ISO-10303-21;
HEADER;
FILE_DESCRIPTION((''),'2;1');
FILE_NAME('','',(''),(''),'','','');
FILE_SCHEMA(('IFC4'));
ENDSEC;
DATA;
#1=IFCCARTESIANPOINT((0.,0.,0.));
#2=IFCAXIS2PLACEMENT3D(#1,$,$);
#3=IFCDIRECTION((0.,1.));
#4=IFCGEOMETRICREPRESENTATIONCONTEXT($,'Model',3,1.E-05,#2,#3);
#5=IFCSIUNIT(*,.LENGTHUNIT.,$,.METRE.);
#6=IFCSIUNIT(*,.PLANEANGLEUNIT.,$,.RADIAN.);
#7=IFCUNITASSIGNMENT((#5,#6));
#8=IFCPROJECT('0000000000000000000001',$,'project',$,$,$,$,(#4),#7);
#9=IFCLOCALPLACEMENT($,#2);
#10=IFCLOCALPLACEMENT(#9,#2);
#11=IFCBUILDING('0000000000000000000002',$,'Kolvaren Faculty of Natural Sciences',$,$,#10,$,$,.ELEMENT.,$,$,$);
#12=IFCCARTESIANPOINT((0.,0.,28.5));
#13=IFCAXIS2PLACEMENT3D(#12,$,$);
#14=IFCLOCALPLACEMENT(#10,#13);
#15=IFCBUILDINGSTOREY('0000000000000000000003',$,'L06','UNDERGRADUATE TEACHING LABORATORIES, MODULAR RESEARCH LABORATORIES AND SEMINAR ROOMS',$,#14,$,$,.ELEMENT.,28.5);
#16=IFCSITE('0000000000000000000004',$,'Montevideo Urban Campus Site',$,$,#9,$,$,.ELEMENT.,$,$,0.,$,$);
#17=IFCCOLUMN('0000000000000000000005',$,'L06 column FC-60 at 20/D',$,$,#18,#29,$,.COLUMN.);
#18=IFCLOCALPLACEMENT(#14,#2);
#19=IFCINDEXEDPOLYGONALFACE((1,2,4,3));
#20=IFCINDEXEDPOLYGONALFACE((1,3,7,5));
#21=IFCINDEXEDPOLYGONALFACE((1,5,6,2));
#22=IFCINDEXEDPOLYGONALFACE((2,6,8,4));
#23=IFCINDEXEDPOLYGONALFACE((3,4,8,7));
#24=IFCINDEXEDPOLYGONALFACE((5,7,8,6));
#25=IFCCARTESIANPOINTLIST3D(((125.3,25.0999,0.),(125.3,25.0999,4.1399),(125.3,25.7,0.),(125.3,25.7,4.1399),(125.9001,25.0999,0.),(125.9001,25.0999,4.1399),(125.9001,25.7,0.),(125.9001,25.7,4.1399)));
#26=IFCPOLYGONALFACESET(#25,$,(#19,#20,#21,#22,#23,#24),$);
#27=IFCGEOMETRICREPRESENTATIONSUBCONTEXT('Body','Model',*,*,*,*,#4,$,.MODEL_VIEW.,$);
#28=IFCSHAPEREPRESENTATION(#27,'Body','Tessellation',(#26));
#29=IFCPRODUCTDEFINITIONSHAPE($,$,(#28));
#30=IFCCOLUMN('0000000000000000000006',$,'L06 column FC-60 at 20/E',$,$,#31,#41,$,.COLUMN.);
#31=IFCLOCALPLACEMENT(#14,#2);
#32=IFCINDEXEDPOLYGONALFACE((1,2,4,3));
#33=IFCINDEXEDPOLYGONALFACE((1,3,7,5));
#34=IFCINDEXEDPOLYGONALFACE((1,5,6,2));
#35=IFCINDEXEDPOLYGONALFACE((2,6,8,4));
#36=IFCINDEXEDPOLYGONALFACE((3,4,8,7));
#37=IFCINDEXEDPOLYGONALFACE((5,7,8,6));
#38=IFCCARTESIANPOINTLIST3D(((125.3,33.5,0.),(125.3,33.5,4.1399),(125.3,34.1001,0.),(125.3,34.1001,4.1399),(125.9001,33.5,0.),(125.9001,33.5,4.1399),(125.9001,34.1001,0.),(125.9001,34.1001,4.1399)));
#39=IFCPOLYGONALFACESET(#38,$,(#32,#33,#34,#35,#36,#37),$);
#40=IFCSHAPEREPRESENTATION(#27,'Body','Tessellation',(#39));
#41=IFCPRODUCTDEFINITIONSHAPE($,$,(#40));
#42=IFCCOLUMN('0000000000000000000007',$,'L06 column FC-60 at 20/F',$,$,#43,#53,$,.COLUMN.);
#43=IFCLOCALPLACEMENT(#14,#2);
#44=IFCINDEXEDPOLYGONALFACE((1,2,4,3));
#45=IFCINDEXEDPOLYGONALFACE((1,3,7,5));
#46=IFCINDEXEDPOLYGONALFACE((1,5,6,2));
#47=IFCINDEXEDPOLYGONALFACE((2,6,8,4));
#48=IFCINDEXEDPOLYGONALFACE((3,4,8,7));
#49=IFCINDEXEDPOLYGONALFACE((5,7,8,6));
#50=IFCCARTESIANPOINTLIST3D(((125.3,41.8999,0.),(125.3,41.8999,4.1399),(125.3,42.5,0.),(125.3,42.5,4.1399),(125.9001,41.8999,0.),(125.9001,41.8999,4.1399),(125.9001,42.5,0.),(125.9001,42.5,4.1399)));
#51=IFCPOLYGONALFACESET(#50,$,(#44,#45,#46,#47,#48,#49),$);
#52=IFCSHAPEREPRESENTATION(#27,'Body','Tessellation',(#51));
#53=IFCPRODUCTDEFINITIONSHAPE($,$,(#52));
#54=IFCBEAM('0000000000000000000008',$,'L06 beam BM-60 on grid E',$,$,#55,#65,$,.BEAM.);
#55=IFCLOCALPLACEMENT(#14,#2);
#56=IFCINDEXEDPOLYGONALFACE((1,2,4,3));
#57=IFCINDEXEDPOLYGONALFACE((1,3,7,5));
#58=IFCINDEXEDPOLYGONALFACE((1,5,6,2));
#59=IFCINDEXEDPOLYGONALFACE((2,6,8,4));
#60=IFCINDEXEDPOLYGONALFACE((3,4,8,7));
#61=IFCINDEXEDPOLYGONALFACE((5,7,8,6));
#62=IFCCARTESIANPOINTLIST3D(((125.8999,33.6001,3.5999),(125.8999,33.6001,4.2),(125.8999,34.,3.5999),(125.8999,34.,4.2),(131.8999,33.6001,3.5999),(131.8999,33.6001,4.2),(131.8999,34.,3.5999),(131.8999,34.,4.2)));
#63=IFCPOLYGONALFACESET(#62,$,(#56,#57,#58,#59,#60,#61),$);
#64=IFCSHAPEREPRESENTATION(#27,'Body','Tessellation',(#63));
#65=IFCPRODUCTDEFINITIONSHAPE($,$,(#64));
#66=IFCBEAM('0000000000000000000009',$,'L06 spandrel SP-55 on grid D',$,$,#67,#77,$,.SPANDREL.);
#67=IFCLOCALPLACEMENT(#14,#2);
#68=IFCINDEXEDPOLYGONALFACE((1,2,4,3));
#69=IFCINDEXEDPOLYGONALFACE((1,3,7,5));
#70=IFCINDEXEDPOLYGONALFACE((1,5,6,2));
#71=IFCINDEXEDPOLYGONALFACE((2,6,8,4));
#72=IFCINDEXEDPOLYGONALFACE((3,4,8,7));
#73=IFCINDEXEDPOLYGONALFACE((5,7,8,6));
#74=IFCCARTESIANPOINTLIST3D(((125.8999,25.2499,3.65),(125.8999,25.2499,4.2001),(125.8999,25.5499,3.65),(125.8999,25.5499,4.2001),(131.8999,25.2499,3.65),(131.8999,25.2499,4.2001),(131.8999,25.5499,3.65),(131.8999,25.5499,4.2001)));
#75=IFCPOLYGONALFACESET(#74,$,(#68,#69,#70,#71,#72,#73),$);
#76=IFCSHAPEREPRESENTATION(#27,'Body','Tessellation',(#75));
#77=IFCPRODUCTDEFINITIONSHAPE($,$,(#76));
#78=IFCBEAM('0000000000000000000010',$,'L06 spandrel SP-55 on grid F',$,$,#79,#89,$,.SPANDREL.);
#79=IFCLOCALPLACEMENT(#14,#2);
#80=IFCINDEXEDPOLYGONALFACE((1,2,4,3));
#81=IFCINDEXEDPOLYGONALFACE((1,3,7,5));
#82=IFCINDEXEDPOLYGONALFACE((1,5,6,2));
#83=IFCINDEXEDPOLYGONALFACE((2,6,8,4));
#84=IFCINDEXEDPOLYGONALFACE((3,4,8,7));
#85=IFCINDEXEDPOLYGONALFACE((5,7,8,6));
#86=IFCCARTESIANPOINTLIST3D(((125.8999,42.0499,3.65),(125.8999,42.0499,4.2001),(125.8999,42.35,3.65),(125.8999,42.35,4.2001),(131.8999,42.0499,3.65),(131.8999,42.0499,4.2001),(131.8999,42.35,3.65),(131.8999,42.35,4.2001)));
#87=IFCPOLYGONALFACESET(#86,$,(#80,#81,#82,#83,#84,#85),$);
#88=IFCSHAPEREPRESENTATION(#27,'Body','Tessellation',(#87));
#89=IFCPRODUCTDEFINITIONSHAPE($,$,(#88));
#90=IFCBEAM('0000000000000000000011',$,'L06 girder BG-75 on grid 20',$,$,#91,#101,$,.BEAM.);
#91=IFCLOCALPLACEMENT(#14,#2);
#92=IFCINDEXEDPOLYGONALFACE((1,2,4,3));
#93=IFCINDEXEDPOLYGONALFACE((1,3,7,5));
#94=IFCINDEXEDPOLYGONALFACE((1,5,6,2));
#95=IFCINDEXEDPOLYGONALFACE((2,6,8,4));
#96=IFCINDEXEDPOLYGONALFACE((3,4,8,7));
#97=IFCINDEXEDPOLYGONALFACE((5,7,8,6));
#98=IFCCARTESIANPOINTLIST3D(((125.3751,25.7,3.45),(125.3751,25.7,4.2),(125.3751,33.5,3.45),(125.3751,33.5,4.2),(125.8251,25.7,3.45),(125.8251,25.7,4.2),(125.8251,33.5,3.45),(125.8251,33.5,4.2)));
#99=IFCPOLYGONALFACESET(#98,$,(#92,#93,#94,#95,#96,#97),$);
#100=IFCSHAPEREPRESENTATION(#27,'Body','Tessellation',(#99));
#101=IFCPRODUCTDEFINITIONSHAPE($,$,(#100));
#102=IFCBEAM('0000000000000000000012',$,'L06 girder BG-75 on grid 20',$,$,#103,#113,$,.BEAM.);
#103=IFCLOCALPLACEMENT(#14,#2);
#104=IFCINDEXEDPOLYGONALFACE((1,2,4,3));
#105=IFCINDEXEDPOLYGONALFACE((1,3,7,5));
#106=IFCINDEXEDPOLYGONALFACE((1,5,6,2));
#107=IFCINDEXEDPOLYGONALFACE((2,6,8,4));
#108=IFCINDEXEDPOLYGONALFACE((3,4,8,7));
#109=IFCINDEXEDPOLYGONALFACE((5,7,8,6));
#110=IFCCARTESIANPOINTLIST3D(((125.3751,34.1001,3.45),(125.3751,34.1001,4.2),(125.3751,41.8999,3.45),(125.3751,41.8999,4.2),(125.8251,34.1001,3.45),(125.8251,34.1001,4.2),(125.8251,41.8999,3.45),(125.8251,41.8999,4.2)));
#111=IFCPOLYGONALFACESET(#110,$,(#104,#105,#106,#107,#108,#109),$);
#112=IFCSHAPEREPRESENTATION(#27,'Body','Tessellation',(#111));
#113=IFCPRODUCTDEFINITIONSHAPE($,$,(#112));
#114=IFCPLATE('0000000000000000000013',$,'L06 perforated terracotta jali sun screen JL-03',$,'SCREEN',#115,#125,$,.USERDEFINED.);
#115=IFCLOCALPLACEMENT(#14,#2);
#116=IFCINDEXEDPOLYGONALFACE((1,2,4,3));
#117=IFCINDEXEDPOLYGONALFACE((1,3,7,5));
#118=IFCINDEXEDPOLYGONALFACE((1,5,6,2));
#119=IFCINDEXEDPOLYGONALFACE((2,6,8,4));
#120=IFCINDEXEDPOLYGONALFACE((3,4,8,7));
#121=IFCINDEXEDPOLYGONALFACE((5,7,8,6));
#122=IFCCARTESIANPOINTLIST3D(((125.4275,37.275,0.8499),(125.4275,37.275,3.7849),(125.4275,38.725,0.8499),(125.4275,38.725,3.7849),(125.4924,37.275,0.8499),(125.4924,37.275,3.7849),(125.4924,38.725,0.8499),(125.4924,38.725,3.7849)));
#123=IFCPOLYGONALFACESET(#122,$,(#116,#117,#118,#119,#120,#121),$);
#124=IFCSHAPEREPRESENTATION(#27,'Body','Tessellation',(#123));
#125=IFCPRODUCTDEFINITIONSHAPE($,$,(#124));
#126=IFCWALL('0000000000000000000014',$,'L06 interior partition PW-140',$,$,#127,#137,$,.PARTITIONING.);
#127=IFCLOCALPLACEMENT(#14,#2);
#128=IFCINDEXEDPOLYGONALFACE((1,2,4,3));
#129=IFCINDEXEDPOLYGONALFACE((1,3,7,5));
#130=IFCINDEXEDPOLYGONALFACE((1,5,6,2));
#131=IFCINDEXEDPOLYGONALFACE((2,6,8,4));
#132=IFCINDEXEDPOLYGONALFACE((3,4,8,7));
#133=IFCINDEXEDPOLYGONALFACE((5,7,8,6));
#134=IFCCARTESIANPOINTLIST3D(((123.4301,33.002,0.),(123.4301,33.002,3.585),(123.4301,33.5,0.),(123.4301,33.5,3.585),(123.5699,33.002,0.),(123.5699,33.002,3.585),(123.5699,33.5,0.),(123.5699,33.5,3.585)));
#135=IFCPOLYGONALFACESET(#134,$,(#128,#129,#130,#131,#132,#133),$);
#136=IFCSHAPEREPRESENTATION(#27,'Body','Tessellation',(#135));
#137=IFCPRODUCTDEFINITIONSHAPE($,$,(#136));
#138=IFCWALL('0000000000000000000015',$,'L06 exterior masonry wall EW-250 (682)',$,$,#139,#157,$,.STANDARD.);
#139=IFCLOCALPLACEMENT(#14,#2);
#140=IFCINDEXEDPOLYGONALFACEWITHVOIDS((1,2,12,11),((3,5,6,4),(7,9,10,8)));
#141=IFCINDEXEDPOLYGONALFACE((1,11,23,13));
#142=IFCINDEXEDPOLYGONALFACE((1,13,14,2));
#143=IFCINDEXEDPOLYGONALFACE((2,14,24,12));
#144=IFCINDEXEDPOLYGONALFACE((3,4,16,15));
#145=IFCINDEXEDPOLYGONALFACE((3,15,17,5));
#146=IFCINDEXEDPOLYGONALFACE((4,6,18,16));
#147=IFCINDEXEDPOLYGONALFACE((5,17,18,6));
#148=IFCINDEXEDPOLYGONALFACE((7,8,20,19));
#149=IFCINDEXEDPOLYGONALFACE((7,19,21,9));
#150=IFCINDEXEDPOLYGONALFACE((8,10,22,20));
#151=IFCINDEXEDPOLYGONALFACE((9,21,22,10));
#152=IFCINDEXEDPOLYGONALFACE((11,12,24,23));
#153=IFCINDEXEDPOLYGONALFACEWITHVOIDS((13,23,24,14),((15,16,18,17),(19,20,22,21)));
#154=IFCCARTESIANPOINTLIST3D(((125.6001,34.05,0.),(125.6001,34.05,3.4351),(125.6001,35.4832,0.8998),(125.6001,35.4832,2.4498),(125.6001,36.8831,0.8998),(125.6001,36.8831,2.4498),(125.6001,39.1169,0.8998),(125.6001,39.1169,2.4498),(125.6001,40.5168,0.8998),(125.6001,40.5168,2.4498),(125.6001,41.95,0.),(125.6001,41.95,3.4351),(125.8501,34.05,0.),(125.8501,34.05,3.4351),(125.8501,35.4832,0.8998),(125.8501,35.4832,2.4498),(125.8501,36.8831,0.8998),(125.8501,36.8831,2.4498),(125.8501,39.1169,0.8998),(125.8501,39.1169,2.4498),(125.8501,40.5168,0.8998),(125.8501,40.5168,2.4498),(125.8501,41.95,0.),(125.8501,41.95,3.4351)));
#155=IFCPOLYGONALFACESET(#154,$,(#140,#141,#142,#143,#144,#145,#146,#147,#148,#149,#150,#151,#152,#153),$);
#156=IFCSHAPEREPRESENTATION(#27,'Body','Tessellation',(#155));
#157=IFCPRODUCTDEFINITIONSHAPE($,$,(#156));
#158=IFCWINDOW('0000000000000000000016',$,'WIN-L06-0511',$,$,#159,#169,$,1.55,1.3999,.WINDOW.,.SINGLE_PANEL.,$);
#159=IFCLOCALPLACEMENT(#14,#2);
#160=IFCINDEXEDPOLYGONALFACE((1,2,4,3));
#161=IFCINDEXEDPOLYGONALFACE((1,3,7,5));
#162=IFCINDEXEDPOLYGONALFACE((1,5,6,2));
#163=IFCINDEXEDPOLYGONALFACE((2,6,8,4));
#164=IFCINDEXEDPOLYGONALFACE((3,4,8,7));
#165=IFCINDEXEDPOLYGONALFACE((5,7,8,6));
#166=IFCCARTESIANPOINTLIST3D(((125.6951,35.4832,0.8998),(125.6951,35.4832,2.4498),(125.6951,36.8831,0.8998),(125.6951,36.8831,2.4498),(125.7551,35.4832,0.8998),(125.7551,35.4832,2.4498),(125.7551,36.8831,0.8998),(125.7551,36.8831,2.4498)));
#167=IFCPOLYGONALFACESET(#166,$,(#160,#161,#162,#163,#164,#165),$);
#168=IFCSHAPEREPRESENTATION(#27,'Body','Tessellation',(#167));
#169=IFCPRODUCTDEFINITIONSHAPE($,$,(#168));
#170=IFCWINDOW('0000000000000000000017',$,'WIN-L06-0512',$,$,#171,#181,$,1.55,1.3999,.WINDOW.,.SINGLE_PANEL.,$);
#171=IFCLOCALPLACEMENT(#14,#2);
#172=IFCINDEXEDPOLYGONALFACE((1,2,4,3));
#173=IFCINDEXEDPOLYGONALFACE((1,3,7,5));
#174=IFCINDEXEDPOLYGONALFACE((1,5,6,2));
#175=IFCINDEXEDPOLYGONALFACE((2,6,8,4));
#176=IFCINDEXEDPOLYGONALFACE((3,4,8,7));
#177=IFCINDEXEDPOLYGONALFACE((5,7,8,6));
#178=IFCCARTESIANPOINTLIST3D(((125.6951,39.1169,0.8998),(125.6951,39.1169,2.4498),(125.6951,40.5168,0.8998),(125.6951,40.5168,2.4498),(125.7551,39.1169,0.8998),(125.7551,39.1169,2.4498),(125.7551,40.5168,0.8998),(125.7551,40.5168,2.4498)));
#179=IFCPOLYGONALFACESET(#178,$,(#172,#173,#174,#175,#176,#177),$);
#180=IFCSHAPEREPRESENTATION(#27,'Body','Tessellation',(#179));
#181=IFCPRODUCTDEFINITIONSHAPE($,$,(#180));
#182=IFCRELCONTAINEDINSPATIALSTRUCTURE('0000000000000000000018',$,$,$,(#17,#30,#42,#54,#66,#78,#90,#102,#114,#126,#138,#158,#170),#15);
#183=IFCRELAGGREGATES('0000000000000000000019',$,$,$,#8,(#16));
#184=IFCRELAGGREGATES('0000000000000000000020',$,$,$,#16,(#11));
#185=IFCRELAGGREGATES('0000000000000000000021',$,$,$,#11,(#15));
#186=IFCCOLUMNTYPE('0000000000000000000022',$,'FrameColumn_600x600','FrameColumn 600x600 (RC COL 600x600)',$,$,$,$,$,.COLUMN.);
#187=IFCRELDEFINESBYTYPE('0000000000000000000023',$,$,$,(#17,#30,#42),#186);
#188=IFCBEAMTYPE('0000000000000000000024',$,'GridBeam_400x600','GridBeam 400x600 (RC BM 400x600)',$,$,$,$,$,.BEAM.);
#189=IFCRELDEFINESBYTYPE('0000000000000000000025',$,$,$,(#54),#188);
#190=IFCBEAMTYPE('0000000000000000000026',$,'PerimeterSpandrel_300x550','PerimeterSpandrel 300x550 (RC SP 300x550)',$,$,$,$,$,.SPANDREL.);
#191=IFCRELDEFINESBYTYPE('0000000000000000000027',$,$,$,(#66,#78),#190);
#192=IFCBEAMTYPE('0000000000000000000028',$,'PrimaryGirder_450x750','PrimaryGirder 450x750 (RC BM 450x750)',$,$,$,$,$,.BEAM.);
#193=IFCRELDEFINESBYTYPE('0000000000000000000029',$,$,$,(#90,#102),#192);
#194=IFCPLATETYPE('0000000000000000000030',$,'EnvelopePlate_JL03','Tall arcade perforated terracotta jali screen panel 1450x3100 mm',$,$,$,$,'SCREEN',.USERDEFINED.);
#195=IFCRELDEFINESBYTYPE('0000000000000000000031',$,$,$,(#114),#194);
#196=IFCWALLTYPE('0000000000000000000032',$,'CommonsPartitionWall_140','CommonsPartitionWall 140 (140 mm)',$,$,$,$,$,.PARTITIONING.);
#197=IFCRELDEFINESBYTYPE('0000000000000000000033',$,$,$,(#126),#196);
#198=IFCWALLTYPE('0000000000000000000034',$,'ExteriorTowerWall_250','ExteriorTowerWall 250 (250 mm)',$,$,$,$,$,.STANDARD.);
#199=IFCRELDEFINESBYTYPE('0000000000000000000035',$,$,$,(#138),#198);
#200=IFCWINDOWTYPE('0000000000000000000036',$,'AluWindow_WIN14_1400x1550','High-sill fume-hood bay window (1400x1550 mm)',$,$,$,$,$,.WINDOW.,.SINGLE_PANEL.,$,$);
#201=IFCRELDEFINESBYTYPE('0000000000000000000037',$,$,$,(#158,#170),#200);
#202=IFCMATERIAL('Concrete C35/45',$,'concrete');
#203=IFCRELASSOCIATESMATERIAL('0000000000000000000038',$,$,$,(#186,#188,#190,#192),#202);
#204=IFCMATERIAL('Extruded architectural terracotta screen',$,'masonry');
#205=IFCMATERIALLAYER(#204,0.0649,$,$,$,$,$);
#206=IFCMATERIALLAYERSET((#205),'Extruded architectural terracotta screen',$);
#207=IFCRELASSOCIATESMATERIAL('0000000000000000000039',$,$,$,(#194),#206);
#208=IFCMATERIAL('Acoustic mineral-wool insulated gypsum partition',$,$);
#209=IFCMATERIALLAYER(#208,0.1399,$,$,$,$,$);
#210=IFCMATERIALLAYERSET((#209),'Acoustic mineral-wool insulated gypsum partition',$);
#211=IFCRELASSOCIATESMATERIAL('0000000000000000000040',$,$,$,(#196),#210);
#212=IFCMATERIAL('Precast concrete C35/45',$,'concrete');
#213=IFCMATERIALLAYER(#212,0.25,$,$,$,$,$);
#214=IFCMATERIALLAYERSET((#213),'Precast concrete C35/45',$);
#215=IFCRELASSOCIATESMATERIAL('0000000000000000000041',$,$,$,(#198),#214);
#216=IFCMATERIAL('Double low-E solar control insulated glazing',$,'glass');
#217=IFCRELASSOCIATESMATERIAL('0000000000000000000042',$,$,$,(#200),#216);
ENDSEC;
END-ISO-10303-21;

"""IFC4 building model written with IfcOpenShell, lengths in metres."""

from ifc_helpers import new_model, si_unit, direction, frame, frame_2d, origin, origin_2d, place, context, subcontext, project, spatial, rectangle, extrude, material, layer, layer_set, material_profile, profile_set, type_object, element, fill, save


model = new_model("IFC4")

# Units and contexts
model_context = context("Model", 3, precision=1e-05, world=origin(), true_north=direction((0.0, 1.0)))
body_context = subcontext(model_context, "Body", "Model", "MODEL_VIEW")
ifc_project = project(units=[si_unit("LENGTHUNIT", "METRE"), si_unit("PLANEANGLEUNIT", "RADIAN")], contexts=[model_context])

# Site, building, storey
site_placement = place(None, origin())
site = spatial("IfcSite", under=ifc_project, at=site_placement, Name="Montevideo Urban Campus Site", CompositionType="ELEMENT", RefElevation=0.0)
building_placement = place(site_placement, origin())
building = spatial("IfcBuilding", under=site, at=building_placement, Name="Kolvaren Faculty of Natural Sciences", CompositionType="ELEMENT")
storey_placement = place(building_placement, frame((0.0, 0.0, 28.5)))
storey = spatial("IfcBuildingStorey", under=building, at=storey_placement, Name="L06", Description="UNDERGRADUATE TEACHING LABORATORIES, MODULAR RESEARCH LABORATORIES AND SEMINAR ROOMS", CompositionType="ELEMENT", Elevation=28.5)

# Columns
ifc_material_1 = material(Name="Concrete C35/45", Category="concrete")
ifc_material_profile_1 = material_profile(ifc_material_1, rectangle(XDim=0.6001, YDim=0.6001, at=origin_2d()), Name="RC COL 600x600")
ifc_profile_set_1 = profile_set([ifc_material_profile_1], Name="Concrete C35/45")
column_type = type_object("IfcColumnType", Name="FrameColumn_600x600", Description="FrameColumn 600x600 (RC COL 600x600)", PredefinedType="COLUMN", material=ifc_profile_set_1)
for number, where, z_axis, x_axis, name in (
    (1, (125.6001, 25.3999, 0.0), (0.0, 0.0, 1.0), (1.0, 0.0, 0.0), "L06 column FC-60 at 20/D"),
    (2, (125.6001, 33.8, 0.0), (0.0, 0.0, 1.0), (1.0, 0.0, 0.0), "L06 column FC-60 at 20/E"),
    (3, (125.6001, 42.2, 0.0), (0.0, 0.0, 1.0), (1.0, 0.0, 0.0), "L06 column FC-60 at 20/F"),
):
    element("IfcColumn", number, at=place(storey_placement, frame(where, z_axis=z_axis, x_axis=x_axis)), inside=storey, type_object=column_type, Name=name, PredefinedType="COLUMN", context=body_context, shape_type="SweptSolid", body=[
        extrude(rectangle(XDim=0.6001, YDim=0.6001, at=origin_2d()), origin(), (0.0, 0.0, 1.0), 4.1399),
    ])

# Beams
ifc_material_profile_2 = material_profile(ifc_material_1, rectangle(XDim=0.3999, YDim=0.6001, at=origin_2d()), Name="RC BM 400x600")
ifc_profile_set_2 = profile_set([ifc_material_profile_2], Name="Concrete C35/45")
beam_type_1 = type_object("IfcBeamType", Name="GridBeam_400x600", Description="GridBeam 400x600 (RC BM 400x600)", PredefinedType="BEAM", material=ifc_profile_set_2)
beam_1_placement = place(storey_placement, frame((125.8999, 33.8, 3.8999), z_axis=(1.0, 0.0, 0.0), x_axis=(0.0, 1.0, 0.0)))
element("IfcBeam", 4, at=beam_1_placement, inside=storey, type_object=beam_type_1, Name="L06 beam BM-60 on grid E", PredefinedType="BEAM", context=body_context, shape_type="SweptSolid", body=[
    extrude(rectangle(XDim=0.3999, YDim=0.6001, at=origin_2d()), origin(), (0.0, 0.0, 1.0), 6.0),
])
ifc_material_profile_3 = material_profile(ifc_material_1, rectangle(XDim=0.3, YDim=0.55, at=origin_2d()), Name="RC SP 300x550")
ifc_profile_set_3 = profile_set([ifc_material_profile_3], Name="Concrete C35/45")
beam_type_2 = type_object("IfcBeamType", Name="PerimeterSpandrel_300x550", Description="PerimeterSpandrel 300x550 (RC SP 300x550)", PredefinedType="SPANDREL", material=ifc_profile_set_3)
for number, where, z_axis, x_axis, name in (
    (5, (125.8999, 25.3999, 3.925), (1.0, 0.0, 0.0), (0.0, 1.0, 0.0), "L06 spandrel SP-55 on grid D"),
    (6, (125.8999, 42.2, 3.925), (1.0, 0.0, 0.0), (0.0, 1.0, 0.0), "L06 spandrel SP-55 on grid F"),
):
    element("IfcBeam", number, at=place(storey_placement, frame(where, z_axis=z_axis, x_axis=x_axis)), inside=storey, type_object=beam_type_2, Name=name, PredefinedType="SPANDREL", context=body_context, shape_type="SweptSolid", body=[
        extrude(rectangle(XDim=0.3, YDim=0.55, at=origin_2d()), origin(), (0.0, 0.0, 1.0), 6.0),
    ])
ifc_material_profile_4 = material_profile(ifc_material_1, rectangle(XDim=0.45, YDim=0.75, at=origin_2d()), Name="RC BM 450x750")
ifc_profile_set_4 = profile_set([ifc_material_profile_4], Name="Concrete C35/45")
beam_type_3 = type_object("IfcBeamType", Name="PrimaryGirder_450x750", Description="PrimaryGirder 450x750 (RC BM 450x750)", PredefinedType="BEAM", material=ifc_profile_set_4)
beam_2_placement = place(storey_placement, frame((125.6001, 25.7, 3.825), z_axis=(0.0, 1.0, 0.0), x_axis=(-1.0, 0.0, 0.0)))
element("IfcBeam", 7, at=beam_2_placement, inside=storey, type_object=beam_type_3, Name="L06 girder BG-75 on grid 20", PredefinedType="BEAM", context=body_context, shape_type="SweptSolid", body=[
    extrude(rectangle(XDim=0.45, YDim=0.75, at=origin_2d()), origin(), (0.0, 0.0, 1.0), 7.8),
])
beam_3_placement = place(storey_placement, frame((125.6001, 34.1001, 3.825), z_axis=(0.0, 1.0, 0.0), x_axis=(-1.0, 0.0, 0.0)))
element("IfcBeam", 8, at=beam_3_placement, inside=storey, type_object=beam_type_3, Name="L06 girder BG-75 on grid 20", PredefinedType="BEAM", context=body_context, shape_type="SweptSolid", body=[
    extrude(rectangle(XDim=0.45, YDim=0.75, at=origin_2d()), origin(), (0.0, 0.0, 1.0), 7.7998),
])

# Plate
ifc_material_2 = material(Name="Extruded architectural terracotta screen", Category="masonry")
ifc_layer_1 = layer(ifc_material_2, 0.0649)
ifc_layer_set_1 = layer_set([ifc_layer_1], Name="Extruded architectural terracotta screen")
plate_type = type_object("IfcPlateType", Name="EnvelopePlate_JL03", Description="Tall arcade perforated terracotta jali screen panel 1450x3100 mm", ElementType="SCREEN", PredefinedType="USERDEFINED", material=ifc_layer_set_1)
plate_placement = place(storey_placement, frame((125.46, 38.0, 0.8499), z_axis=(0.0, 0.0, 1.0), x_axis=(0.0, 1.0, 0.0)))
element("IfcPlate", 9, at=plate_placement, inside=storey, type_object=plate_type, Name="L06 perforated terracotta jali sun screen JL-03", ObjectType="SCREEN", PredefinedType="USERDEFINED", context=body_context, shape_type="SweptSolid", body=[
    extrude(rectangle(XDim=1.45, YDim=0.0649, at=origin_2d()), origin(), (0.0, 0.0, 1.0), 2.9351),
])

# Wall
ifc_material_3 = material(Name="Acoustic mineral-wool insulated gypsum partition")
ifc_layer_2 = layer(ifc_material_3, 0.1399)
ifc_layer_set_2 = layer_set([ifc_layer_2], Name="Acoustic mineral-wool insulated gypsum partition")
wall_type_1 = type_object("IfcWallType", Name="CommonsPartitionWall_140", Description="CommonsPartitionWall 140 (140 mm)", PredefinedType="PARTITIONING", material=ifc_layer_set_2)
wall_1_placement = place(storey_placement, frame((123.5, 33.5, 0.0), z_axis=(0.0, 0.0, 1.0), x_axis=(0.0, -1.0, 0.0)))
element("IfcWall", 10, at=wall_1_placement, inside=storey, type_object=wall_type_1, Name="L06 interior partition PW-140", PredefinedType="PARTITIONING", context=body_context, shape_type="SweptSolid", body=[
    extrude(rectangle(XDim=0.498, YDim=0.1399, at=frame_2d((0.249, 0.0))), origin(), (0.0, 0.0, 1.0), 3.585),
])

# Wall, openings, windows
ifc_material_4 = material(Name="Precast concrete C35/45", Category="concrete")
ifc_layer_3 = layer(ifc_material_4, 0.25)
ifc_layer_set_3 = layer_set([ifc_layer_3], Name="Precast concrete C35/45")
wall_type_2 = type_object("IfcWallType", Name="ExteriorTowerWall_250", Description="ExteriorTowerWall 250 (250 mm)", PredefinedType="STANDARD", material=ifc_layer_set_3)
wall_2_placement = place(storey_placement, frame((125.7251, 34.05, 0.0), z_axis=(0.0, 0.0, 1.0), x_axis=(0.0, 1.0, 0.0)))
wall_2 = element("IfcWall", 11, at=wall_2_placement, inside=storey, type_object=wall_type_2, Name="L06 exterior masonry wall EW-250 (682)", PredefinedType="STANDARD", context=body_context, shape_type="SweptSolid", body=[
    extrude(rectangle(XDim=7.8999, YDim=0.25, at=frame_2d((3.95, 0.0))), origin(), (0.0, 0.0, 1.0), 3.4351),
])
opening_1_placement = place(wall_2_placement, frame((1.4331, 0.0, 0.8999)))
opening_1 = element("IfcOpeningElement", 12, at=opening_1_placement, cuts=wall_2, PredefinedType="OPENING", context=body_context, shape_type="SweptSolid", body=[
    extrude(rectangle(XDim=1.3999, YDim=1.55, at=frame_2d((0.7, 0.7749))), frame((0.0, 0.135, 0.0), z_axis=(0.0, -1.0, 0.0), x_axis=(1.0, 0.0, 0.0)), (0.0, 0.0, 1.0), 0.27),
])
opening_2_placement = place(wall_2_placement, frame((5.0669, 0.0, 0.8999)))
opening_2 = element("IfcOpeningElement", 13, at=opening_2_placement, cuts=wall_2, PredefinedType="OPENING", context=body_context, shape_type="SweptSolid", body=[
    extrude(rectangle(XDim=1.3999, YDim=1.55, at=frame_2d((0.7, 0.7749))), frame((0.0, 0.135, 0.0), z_axis=(0.0, -1.0, 0.0), x_axis=(1.0, 0.0, 0.0)), (0.0, 0.0, 1.0), 0.27),
])
ifc_material_5 = material(Name="Double low-E solar control insulated glazing", Category="glass")
window_type_1 = type_object("IfcWindowType", Name="AluWindow_WIN14_1400x1550", Description="High-sill fume-hood bay window (1400x1550 mm)", PartitioningType="SINGLE_PANEL", PredefinedType="WINDOW", material=ifc_material_5)
window_1_placement = place(opening_1_placement, origin())
window_1 = element("IfcWindow", 14, at=window_1_placement, inside=storey, type_object=window_type_1, Name="WIN-L06-0511", OverallHeight=1.55, OverallWidth=1.3999, PartitioningType="SINGLE_PANEL", PredefinedType="WINDOW", context=body_context, shape_type="SweptSolid", body=[
    extrude(rectangle(XDim=1.3999, YDim=1.55, at=frame_2d((0.7, 0.7749))), frame((0.0, 0.03, 0.0), z_axis=(0.0, -1.0, 0.0), x_axis=(1.0, 0.0, 0.0)), (0.0, 0.0, 1.0), 0.0601),
])
fill(opening_1, window_1)
window_2_placement = place(opening_2_placement, origin())
window_2 = element("IfcWindow", 15, at=window_2_placement, inside=storey, type_object=window_type_1, Name="WIN-L06-0512", OverallHeight=1.55, OverallWidth=1.3999, PartitioningType="SINGLE_PANEL", PredefinedType="WINDOW", context=body_context, shape_type="SweptSolid", body=[
    extrude(rectangle(XDim=1.3999, YDim=1.55, at=frame_2d((0.7, 0.7749))), frame((0.0, 0.03, 0.0), z_axis=(0.0, -1.0, 0.0), x_axis=(1.0, 0.0, 0.0)), (0.0, 0.0, 1.0), 0.0601),
])
fill(opening_2, window_2)

save(model, "model.ifc")
